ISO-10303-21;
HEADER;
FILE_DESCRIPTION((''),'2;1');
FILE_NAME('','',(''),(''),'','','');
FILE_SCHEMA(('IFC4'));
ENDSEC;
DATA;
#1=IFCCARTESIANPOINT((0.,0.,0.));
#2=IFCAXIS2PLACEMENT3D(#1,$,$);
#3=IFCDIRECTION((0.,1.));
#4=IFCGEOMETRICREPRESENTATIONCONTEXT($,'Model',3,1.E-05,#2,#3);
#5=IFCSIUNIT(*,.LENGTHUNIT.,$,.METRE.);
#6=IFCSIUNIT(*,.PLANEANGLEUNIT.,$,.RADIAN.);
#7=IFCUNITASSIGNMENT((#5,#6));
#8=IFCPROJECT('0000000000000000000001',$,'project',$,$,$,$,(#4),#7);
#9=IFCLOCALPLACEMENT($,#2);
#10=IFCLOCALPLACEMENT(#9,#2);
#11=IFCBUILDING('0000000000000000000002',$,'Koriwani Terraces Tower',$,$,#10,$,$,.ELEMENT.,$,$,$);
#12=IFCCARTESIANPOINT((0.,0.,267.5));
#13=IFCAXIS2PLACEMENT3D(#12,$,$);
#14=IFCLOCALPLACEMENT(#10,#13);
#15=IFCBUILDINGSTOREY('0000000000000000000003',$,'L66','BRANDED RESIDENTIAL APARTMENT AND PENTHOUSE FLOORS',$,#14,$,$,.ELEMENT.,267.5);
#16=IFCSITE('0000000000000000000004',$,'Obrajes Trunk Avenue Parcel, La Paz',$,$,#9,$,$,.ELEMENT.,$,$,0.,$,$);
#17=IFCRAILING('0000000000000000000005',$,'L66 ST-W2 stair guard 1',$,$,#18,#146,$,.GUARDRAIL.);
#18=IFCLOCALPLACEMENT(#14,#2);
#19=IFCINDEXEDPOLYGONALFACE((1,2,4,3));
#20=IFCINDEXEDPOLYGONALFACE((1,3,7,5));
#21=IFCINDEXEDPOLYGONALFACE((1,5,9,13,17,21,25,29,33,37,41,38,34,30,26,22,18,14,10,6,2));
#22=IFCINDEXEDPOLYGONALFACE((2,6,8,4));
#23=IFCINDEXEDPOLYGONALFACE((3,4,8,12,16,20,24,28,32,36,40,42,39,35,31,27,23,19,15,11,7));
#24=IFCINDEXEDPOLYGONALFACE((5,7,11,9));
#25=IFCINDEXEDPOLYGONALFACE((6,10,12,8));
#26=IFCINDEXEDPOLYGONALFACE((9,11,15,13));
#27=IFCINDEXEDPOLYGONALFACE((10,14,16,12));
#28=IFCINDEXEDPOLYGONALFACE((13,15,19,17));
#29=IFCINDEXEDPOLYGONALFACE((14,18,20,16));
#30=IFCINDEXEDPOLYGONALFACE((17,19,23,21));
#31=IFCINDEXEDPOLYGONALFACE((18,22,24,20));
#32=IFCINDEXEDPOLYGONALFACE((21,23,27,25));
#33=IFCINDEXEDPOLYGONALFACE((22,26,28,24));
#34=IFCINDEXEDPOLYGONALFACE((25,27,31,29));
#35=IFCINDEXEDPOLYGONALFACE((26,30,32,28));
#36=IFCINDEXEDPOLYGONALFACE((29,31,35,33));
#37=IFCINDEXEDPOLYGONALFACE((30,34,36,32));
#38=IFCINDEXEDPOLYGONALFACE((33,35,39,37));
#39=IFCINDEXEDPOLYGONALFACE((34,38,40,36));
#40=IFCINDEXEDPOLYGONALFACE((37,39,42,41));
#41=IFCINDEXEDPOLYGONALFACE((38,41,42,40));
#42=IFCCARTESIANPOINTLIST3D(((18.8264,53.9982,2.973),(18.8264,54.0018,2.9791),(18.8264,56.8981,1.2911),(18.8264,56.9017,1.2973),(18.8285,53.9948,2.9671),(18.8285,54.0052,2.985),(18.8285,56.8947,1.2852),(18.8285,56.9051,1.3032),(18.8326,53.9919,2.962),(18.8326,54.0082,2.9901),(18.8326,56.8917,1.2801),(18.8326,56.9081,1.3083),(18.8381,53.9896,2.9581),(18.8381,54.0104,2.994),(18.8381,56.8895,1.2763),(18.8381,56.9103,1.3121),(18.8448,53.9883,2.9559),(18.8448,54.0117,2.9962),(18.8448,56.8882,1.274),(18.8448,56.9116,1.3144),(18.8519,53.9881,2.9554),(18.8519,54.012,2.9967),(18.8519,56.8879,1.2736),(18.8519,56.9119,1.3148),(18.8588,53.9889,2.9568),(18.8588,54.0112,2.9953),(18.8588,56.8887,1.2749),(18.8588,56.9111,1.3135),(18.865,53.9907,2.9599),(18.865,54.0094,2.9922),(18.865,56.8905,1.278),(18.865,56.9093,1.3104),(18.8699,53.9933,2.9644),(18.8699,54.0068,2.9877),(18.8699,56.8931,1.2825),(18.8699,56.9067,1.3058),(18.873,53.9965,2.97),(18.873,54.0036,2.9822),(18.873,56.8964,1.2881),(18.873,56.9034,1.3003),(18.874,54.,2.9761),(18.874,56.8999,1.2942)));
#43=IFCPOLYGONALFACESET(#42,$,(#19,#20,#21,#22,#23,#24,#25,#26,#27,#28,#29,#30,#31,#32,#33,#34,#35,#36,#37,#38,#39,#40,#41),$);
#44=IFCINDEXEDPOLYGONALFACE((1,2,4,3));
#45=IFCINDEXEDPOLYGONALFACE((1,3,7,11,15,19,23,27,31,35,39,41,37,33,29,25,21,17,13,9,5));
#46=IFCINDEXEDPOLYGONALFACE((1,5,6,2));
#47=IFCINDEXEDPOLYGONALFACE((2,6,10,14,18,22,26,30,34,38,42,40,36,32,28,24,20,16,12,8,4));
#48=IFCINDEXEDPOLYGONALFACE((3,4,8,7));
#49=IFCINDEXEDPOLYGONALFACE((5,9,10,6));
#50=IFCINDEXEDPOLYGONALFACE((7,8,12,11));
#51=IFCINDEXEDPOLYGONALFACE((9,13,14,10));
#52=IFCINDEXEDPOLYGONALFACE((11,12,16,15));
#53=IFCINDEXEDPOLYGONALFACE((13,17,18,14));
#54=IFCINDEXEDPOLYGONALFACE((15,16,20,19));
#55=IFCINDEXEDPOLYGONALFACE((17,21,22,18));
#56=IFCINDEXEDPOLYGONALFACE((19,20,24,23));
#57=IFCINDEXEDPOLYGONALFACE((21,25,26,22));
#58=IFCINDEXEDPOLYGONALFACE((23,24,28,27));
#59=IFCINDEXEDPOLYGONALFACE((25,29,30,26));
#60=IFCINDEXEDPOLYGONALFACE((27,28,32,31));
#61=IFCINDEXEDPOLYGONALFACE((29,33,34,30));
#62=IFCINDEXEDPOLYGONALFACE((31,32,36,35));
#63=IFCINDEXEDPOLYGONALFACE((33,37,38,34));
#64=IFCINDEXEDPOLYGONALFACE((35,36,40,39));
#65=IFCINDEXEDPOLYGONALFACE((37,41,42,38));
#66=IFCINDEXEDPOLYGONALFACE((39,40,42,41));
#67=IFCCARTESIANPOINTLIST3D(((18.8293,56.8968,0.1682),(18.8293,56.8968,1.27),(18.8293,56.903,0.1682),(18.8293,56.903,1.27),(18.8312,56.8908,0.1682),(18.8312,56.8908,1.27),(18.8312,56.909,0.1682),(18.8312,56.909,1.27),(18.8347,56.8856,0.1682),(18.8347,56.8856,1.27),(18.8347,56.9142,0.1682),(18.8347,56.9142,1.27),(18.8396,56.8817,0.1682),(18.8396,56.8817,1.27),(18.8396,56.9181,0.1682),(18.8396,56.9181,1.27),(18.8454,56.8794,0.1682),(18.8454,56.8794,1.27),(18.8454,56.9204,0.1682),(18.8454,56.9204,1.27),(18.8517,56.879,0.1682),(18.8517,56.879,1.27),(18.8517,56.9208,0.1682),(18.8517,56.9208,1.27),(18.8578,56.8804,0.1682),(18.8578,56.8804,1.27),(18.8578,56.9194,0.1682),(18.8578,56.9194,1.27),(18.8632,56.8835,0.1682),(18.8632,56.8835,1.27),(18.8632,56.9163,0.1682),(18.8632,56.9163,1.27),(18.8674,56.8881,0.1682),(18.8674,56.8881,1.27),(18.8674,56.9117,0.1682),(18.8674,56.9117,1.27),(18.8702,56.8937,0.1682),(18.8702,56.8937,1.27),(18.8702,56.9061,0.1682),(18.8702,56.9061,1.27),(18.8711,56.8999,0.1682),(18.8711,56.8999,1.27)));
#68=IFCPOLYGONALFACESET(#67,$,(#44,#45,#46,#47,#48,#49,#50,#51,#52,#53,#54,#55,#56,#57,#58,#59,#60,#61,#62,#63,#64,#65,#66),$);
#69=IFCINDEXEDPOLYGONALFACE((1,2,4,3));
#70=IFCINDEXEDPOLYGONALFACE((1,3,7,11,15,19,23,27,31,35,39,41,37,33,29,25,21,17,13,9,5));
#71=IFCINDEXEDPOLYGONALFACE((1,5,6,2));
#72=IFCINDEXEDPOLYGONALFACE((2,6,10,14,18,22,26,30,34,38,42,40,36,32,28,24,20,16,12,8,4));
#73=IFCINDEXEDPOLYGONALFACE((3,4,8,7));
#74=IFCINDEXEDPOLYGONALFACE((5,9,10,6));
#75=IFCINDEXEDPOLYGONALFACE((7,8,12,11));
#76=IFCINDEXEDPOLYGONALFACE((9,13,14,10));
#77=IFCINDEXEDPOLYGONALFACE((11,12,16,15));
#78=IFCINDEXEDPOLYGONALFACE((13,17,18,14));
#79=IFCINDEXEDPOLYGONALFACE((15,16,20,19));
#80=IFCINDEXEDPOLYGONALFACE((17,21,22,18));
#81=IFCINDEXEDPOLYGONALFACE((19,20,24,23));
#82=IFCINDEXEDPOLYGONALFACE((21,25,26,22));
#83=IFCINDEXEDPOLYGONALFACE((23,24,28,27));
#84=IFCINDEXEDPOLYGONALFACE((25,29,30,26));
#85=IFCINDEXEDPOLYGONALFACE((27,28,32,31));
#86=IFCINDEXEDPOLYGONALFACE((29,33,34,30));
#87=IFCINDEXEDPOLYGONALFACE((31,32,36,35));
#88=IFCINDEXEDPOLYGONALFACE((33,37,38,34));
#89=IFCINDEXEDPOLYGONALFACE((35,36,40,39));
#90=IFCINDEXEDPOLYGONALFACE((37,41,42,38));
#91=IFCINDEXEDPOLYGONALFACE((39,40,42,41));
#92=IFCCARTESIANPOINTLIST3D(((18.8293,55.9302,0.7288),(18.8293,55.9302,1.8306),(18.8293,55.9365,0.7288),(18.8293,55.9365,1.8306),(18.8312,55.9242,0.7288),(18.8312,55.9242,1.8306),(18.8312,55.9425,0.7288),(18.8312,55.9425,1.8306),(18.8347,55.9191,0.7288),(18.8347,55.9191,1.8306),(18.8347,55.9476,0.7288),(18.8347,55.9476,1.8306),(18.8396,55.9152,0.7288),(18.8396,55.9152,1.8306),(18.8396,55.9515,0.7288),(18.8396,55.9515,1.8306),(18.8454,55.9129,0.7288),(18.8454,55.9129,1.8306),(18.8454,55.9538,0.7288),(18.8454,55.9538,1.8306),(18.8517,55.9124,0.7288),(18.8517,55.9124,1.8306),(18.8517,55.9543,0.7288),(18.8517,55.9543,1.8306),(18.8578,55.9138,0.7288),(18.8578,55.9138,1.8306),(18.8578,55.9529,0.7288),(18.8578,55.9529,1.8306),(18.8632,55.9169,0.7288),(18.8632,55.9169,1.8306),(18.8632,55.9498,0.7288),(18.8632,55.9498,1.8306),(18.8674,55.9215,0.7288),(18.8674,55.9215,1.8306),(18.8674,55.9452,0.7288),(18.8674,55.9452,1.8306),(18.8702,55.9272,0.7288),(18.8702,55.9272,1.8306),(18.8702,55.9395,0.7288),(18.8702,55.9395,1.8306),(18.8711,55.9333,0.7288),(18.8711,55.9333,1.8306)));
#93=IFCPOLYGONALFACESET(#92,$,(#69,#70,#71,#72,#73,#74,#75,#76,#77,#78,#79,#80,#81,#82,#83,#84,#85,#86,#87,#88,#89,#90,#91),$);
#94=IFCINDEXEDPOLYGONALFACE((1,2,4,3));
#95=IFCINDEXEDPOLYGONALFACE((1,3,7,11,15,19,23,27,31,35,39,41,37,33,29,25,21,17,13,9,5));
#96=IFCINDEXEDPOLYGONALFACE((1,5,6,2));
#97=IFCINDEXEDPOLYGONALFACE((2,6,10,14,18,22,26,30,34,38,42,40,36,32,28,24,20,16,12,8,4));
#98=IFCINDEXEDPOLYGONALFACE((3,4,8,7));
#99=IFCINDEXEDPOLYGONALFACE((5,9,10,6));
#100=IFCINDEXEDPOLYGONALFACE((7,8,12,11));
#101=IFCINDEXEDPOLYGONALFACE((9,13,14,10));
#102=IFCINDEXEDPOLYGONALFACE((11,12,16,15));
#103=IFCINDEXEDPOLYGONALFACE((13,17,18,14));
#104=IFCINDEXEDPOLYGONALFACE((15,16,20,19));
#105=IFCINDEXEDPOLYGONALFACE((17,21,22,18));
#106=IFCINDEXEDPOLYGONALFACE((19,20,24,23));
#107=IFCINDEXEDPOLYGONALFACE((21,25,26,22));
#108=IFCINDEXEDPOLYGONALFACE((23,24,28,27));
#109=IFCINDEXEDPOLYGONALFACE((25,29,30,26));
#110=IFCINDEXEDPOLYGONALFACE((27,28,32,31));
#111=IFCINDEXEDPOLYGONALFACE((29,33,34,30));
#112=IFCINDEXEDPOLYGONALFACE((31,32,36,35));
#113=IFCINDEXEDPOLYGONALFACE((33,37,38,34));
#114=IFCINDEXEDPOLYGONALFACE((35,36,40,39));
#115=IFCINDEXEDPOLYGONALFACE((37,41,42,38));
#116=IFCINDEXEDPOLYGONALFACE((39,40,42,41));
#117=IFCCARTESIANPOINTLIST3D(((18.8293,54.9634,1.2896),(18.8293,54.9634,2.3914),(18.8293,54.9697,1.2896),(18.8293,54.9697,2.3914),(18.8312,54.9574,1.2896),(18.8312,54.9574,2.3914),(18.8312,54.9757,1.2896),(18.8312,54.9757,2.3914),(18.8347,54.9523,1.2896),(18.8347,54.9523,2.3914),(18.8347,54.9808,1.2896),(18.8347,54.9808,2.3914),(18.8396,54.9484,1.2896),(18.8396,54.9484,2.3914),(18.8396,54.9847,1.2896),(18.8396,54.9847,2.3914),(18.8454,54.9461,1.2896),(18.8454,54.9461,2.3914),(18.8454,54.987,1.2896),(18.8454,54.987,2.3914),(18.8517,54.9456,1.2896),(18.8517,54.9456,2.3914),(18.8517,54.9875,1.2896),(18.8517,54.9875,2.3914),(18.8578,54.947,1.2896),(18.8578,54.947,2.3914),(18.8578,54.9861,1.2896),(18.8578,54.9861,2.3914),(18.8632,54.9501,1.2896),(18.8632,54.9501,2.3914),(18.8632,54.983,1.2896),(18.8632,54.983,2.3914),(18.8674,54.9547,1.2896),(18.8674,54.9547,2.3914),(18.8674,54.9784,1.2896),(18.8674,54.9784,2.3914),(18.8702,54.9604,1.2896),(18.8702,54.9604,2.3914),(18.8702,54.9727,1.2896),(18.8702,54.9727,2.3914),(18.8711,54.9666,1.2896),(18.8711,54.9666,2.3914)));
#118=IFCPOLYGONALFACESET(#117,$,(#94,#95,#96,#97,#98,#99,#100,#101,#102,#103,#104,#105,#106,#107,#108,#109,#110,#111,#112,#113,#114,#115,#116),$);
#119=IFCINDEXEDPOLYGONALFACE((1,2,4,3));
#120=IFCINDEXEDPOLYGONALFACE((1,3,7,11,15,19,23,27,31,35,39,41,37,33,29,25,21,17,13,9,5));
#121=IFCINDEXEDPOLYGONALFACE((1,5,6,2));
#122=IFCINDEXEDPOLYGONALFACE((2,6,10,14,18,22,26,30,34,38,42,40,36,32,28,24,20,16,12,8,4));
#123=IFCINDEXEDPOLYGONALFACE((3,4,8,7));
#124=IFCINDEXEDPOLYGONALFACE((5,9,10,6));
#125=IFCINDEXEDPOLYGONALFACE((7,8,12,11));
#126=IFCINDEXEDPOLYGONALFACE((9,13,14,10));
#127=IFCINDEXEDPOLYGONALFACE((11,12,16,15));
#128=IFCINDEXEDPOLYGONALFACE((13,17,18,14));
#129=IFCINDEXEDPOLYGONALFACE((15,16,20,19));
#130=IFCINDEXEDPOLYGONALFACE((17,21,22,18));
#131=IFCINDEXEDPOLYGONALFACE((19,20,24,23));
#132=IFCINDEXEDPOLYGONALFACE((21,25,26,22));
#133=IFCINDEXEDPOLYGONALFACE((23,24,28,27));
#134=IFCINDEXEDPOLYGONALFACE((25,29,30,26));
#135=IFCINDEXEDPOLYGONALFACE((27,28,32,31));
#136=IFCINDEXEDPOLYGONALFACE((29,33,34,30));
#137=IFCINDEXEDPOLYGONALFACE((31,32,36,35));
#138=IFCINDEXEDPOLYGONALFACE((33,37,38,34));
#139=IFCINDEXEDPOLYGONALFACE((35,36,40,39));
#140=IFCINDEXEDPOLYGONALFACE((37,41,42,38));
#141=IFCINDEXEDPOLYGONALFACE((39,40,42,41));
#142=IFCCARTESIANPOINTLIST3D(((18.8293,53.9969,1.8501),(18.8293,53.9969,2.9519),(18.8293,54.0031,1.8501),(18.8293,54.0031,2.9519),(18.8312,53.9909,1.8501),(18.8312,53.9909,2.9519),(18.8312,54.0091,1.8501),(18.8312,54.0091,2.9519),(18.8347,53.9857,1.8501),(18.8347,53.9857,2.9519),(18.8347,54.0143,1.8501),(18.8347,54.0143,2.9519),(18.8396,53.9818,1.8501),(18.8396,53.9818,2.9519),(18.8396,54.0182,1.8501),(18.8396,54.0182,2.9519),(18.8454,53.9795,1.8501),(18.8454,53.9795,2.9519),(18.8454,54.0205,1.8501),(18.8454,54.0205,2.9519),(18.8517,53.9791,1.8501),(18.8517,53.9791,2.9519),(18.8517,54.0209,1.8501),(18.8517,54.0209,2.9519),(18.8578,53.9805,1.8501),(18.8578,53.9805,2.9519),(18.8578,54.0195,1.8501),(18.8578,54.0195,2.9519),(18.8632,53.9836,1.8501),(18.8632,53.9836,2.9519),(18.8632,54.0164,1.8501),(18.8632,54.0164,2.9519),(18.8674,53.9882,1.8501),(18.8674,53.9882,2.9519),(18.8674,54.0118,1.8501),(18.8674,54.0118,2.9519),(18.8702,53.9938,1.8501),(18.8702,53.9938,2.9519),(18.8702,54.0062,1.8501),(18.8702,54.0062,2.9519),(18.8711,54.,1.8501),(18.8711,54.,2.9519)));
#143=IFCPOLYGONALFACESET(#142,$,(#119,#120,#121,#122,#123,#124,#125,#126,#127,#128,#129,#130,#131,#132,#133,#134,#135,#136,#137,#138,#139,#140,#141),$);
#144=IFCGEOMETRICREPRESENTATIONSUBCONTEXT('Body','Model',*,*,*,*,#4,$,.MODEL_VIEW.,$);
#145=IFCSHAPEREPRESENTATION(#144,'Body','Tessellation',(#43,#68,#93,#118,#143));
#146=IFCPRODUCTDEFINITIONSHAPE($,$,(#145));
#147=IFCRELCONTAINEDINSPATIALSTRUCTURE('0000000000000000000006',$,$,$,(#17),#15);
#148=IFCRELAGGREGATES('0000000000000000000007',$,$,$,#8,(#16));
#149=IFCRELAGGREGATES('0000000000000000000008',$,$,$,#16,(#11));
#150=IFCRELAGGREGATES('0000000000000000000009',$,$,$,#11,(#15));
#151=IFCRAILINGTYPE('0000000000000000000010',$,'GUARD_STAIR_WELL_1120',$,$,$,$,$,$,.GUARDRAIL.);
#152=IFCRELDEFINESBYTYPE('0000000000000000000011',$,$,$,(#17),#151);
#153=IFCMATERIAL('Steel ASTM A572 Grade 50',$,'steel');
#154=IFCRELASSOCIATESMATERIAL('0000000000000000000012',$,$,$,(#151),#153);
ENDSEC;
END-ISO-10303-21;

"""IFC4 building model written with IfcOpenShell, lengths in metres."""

from ifc_helpers import new_model, si_unit, direction, frame, origin, origin_2d, place, context, subcontext, project, spatial, circle, extrude, material, type_object, element, save


model = new_model("IFC4")

# Units and contexts
model_context = context("Model", 3, precision=1e-05, world=origin(), true_north=direction((0.0, 1.0)))
body_context = subcontext(model_context, "Body", "Model", "MODEL_VIEW")
ifc_project = project(units=[si_unit("LENGTHUNIT", "METRE"), si_unit("PLANEANGLEUNIT", "RADIAN")], contexts=[model_context])

# Site, building, storey
site_placement = place(None, origin())
site = spatial("IfcSite", under=ifc_project, at=site_placement, Name="Obrajes Trunk Avenue Parcel, La Paz", CompositionType="ELEMENT", RefElevation=0.0)
building_placement = place(site_placement, origin())
building = spatial("IfcBuilding", under=site, at=building_placement, Name="Koriwani Terraces Tower", CompositionType="ELEMENT")
storey_placement = place(building_placement, frame((0.0, 0.0, 267.5)))
storey = spatial("IfcBuildingStorey", under=building, at=storey_placement, Name="L66", Description="BRANDED RESIDENTIAL APARTMENT AND PENTHOUSE FLOORS", CompositionType="ELEMENT", Elevation=267.5)

# Shared definitions
ifc_material_1 = material(Name="Steel ASTM A572 Grade 50", Category="steel")

# Railing
railing_type_1 = type_object("IfcRailingType", Name="GUARD_STAIR_WELL_1120", PredefinedType="GUARDRAIL", material=ifc_material_1)
railing_1_placement = place(storey_placement, frame((18.8501, 56.8999, 0.1682)))
element("IfcRailing", 1, at=railing_1_placement, inside=storey, type_object=railing_type_1, Name="L66 ST-W2 stair guard 1", PredefinedType="GUARDRAIL", context=body_context, shape_type="SweptSolid", body=[
    extrude(circle(Radius=0.0239, at=origin_2d()), frame((0.0, 0.0, 1.126), z_axis=(0.0, -0.865039, 0.501705), x_axis=(1.0, 0.0, 0.0)), (0.0, 0.0, 1.0), 3.3523),
    extrude(circle(Radius=0.021, at=origin_2d()), origin(), (0.0, 0.0, 1.0), 1.1018),
    extrude(circle(Radius=0.021, at=origin_2d()), frame((0.0, -0.9666, 0.5605)), (0.0, 0.0, 1.0), 1.1018),
    extrude(circle(Radius=0.021, at=origin_2d()), frame((0.0, -1.9333, 1.1213)), (0.0, 0.0, 1.0), 1.1018),
    extrude(circle(Radius=0.021, at=origin_2d()), frame((0.0, -2.8999, 1.6819)), (0.0, 0.0, 1.0), 1.1018),
])

save(model, "model.ifc")
